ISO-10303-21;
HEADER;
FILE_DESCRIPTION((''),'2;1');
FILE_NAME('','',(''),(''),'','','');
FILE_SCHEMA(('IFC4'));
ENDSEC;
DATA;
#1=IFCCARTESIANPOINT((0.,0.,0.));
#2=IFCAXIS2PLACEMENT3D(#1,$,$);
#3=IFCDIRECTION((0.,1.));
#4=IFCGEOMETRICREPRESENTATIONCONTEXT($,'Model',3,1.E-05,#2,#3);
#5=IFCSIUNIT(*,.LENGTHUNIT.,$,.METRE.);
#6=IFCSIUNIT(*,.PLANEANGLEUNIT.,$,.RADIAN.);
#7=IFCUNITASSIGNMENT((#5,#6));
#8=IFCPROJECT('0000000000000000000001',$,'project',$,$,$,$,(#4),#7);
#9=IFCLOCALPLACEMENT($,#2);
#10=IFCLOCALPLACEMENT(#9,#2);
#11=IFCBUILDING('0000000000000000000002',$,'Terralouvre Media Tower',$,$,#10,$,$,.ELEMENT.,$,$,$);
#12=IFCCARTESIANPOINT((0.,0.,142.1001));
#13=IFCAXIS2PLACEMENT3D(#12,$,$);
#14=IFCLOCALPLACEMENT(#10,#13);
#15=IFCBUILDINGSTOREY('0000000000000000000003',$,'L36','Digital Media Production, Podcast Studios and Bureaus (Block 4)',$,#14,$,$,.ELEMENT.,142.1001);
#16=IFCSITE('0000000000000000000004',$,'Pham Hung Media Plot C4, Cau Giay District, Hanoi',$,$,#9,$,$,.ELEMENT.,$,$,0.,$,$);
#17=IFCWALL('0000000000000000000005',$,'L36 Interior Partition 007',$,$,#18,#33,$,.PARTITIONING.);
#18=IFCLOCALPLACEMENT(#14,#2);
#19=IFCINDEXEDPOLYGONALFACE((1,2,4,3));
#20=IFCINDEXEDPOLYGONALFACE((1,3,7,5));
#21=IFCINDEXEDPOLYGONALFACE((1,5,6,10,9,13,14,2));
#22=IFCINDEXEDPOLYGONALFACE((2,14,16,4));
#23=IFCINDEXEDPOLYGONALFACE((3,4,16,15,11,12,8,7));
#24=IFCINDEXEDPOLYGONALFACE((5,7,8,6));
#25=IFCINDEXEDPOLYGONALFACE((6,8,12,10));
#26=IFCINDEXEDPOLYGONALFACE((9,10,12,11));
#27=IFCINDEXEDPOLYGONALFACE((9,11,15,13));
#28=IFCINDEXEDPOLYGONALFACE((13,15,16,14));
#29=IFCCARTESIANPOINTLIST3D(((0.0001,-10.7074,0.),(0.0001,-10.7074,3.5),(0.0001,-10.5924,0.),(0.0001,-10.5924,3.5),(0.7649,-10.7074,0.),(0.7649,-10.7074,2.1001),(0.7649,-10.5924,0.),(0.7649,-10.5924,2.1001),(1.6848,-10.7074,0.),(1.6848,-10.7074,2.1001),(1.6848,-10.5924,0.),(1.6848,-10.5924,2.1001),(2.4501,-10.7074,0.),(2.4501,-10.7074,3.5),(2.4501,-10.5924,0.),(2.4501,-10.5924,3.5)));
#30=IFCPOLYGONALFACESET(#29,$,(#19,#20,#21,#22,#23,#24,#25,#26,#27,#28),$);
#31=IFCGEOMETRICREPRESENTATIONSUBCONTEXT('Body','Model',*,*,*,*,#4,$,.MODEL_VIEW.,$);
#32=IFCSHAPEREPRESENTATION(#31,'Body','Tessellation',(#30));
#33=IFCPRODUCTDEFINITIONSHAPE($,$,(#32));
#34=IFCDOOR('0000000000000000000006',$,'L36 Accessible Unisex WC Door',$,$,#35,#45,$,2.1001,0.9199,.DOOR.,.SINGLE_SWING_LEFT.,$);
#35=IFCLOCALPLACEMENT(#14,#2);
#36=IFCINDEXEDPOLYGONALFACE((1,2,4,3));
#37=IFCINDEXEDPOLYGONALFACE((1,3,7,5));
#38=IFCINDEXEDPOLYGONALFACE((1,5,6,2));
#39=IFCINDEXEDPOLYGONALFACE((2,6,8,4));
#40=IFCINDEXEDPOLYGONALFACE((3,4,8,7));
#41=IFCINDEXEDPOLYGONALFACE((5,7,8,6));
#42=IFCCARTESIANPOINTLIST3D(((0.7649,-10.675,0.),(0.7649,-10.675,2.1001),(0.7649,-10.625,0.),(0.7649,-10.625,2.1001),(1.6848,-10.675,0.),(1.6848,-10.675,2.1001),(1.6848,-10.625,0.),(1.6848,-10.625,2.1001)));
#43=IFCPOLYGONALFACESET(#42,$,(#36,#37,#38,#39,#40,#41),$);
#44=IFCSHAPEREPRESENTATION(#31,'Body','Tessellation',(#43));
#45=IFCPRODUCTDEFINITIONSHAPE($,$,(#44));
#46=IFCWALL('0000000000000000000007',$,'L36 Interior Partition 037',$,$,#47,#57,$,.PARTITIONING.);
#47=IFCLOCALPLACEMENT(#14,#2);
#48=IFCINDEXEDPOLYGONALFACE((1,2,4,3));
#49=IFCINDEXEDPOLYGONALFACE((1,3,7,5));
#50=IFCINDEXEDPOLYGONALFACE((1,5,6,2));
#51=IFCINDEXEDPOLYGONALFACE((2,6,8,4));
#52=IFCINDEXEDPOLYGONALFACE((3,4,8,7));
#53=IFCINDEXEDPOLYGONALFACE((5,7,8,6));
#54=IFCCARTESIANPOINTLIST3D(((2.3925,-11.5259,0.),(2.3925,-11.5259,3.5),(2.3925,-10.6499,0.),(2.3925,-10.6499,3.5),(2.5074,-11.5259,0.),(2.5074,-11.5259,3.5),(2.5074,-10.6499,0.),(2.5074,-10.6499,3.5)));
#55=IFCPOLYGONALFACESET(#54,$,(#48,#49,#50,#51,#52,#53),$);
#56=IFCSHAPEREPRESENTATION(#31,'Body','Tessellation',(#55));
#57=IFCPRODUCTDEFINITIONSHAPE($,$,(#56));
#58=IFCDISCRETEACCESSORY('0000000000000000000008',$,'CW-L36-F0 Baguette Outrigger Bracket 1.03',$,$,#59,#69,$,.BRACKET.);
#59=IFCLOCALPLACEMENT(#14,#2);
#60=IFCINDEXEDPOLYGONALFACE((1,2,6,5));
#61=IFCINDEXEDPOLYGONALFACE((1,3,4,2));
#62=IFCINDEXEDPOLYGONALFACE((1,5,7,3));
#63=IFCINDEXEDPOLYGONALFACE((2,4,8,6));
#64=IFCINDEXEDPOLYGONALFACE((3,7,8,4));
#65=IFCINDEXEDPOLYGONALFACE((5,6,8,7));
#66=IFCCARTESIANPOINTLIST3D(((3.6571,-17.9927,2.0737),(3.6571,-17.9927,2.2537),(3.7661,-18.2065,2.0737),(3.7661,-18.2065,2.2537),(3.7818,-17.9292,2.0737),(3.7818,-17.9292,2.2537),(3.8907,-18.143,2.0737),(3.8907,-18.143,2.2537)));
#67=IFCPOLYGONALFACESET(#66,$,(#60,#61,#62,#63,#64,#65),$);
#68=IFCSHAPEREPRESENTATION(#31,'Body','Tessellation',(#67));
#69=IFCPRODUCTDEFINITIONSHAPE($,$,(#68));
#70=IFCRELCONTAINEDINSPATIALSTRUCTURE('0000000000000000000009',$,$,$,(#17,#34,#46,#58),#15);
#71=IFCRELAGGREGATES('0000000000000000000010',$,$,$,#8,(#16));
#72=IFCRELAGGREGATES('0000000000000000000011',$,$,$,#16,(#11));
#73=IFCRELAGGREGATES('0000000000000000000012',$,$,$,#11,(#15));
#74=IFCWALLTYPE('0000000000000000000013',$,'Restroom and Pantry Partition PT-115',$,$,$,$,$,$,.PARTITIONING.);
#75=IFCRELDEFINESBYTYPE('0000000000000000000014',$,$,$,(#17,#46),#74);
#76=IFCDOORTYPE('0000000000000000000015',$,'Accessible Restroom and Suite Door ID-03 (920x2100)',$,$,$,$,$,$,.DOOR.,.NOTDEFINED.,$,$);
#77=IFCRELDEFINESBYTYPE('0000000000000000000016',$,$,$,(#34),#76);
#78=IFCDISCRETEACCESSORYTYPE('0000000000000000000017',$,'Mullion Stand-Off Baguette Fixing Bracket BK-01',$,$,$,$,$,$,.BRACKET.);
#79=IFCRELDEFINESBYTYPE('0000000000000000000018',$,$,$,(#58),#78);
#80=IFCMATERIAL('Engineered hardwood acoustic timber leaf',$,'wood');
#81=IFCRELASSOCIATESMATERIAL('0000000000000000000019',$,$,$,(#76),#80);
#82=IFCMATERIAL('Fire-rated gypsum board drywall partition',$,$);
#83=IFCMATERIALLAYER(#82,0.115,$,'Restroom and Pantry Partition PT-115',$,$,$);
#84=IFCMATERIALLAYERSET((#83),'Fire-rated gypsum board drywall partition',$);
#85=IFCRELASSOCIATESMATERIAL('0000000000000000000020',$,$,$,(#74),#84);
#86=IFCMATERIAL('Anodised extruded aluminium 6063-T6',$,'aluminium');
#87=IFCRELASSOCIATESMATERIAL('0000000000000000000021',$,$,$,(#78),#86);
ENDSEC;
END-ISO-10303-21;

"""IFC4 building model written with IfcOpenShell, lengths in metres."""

from ifc_helpers import new_model, si_unit, direction, frame, frame_2d, origin, origin_2d, place, context, subcontext, project, spatial, rectangle, extrude, material, layer, layer_set, type_object, element, fill, save


model = new_model("IFC4")

# Units and contexts
model_context = context("Model", 3, precision=1e-05, world=origin(), true_north=direction((0.0, 1.0)))
body_context = subcontext(model_context, "Body", "Model", "MODEL_VIEW")
ifc_project = project(units=[si_unit("LENGTHUNIT", "METRE"), si_unit("PLANEANGLEUNIT", "RADIAN")], contexts=[model_context])

# Site, building, storey
site_placement = place(None, origin())
site = spatial("IfcSite", under=ifc_project, at=site_placement, Name="Pham Hung Media Plot C4, Cau Giay District, Hanoi", CompositionType="ELEMENT", RefElevation=0.0)
building_placement = place(site_placement, origin())
building = spatial("IfcBuilding", under=site, at=building_placement, Name="Terralouvre Media Tower", CompositionType="ELEMENT")
storey_placement = place(building_placement, frame((0.0, 0.0, 142.1001)))
storey = spatial("IfcBuildingStorey", under=building, at=storey_placement, Name="L36", Description="Digital Media Production, Podcast Studios and Bureaus (Block 4)", CompositionType="ELEMENT", Elevation=142.1001)

# Wall, opening, door
ifc_material_1 = material(Name="Engineered hardwood acoustic timber leaf", Category="wood")
door_type_1 = type_object("IfcDoorType", Name="Accessible Restroom and Suite Door ID-03 (920x2100)", OperationType="NOTDEFINED", PredefinedType="DOOR", material=ifc_material_1)
ifc_material_2 = material(Name="Fire-rated gypsum board drywall partition")
ifc_layer_1 = layer(ifc_material_2, 0.115, Name="Restroom and Pantry Partition PT-115")
ifc_layer_set_1 = layer_set([ifc_layer_1], Name="Fire-rated gypsum board drywall partition")
wall_type_1 = type_object("IfcWallType", Name="Restroom and Pantry Partition PT-115", PredefinedType="PARTITIONING", material=ifc_layer_set_1)
wall_1_placement = place(storey_placement, frame((0.0, -10.6499, 0.0), z_axis=(0.0, 0.0, 1.0), x_axis=(1.0, 0.0, 0.0)))
wall_1 = element("IfcWall", 1, at=wall_1_placement, inside=storey, type_object=wall_type_1, Name="L36 Interior Partition 007", PredefinedType="PARTITIONING", context=body_context, shape_type="SweptSolid", body=[
    extrude(rectangle(XDim=2.45, YDim=0.115, at=frame_2d((1.2251, 0.0))), origin(), (0.0, 0.0, 1.0), 3.5),
])
opening_1_placement = place(wall_1_placement, frame((0.7649, 0.0, 0.0)))
opening_1 = element("IfcOpeningElement", 2, at=opening_1_placement, cuts=wall_1, PredefinedType="OPENING", context=body_context, shape_type="SweptSolid", body=[
    extrude(rectangle(XDim=0.9199, YDim=2.1001, at=frame_2d((0.46, 1.05))), frame((0.0, 0.0674, 0.0), z_axis=(0.0, -1.0, 0.0), x_axis=(1.0, 0.0, 0.0)), (0.0, 0.0, 1.0), 0.135),
])
door_1_placement = place(opening_1_placement, origin())
door_1 = element("IfcDoor", 3, at=door_1_placement, inside=storey, type_object=door_type_1, Name="L36 Accessible Unisex WC Door", OperationType="SINGLE_SWING_LEFT", OverallHeight=2.1001, OverallWidth=0.9199, PredefinedType="DOOR", context=body_context, shape_type="SweptSolid", body=[
    extrude(rectangle(XDim=0.9199, YDim=2.1001, at=frame_2d((0.46, 1.05))), frame((0.0, 0.0249, 0.0), z_axis=(0.0, -1.0, 0.0), x_axis=(1.0, 0.0, 0.0)), (0.0, 0.0, 1.0), 0.05),
])
fill(opening_1, door_1)

# Wall
wall_2_placement = place(storey_placement, frame((2.45, -11.5259, 0.0), z_axis=(0.0, 0.0, 1.0), x_axis=(0.0, 1.0, 0.0)))
element("IfcWall", 4, at=wall_2_placement, inside=storey, type_object=wall_type_1, Name="L36 Interior Partition 037", PredefinedType="PARTITIONING", context=body_context, shape_type="SweptSolid", body=[
    extrude(rectangle(XDim=0.876, YDim=0.115, at=frame_2d((0.438, 0.0))), origin(), (0.0, 0.0, 1.0), 3.5),
])

# Discrete accessory
ifc_material_3 = material(Name="Anodised extruded aluminium 6063-T6", Category="aluminium")
discrete_accessory_type = type_object("IfcDiscreteAccessoryType", Name="Mullion Stand-Off Baguette Fixing Bracket BK-01", PredefinedType="BRACKET", material=ifc_material_3)
discrete_accessory_placement = place(storey_placement, frame((3.7739, -18.0679, 2.0737), z_axis=(0.0, 0.0, 1.0), x_axis=(0.891007, 0.453991, 0.0)))
element("IfcDiscreteAccessory", 5, at=discrete_accessory_placement, inside=storey, type_object=discrete_accessory_type, Name="CW-L36-F0 Baguette Outrigger Bracket 1.03", PredefinedType="BRACKET", context=body_context, shape_type="SweptSolid", body=[
    extrude(rectangle(XDim=0.1399, YDim=0.24, at=origin_2d()), origin(), (0.0, 0.0, 1.0), 0.1799),
])

save(model, "model.ifc")
